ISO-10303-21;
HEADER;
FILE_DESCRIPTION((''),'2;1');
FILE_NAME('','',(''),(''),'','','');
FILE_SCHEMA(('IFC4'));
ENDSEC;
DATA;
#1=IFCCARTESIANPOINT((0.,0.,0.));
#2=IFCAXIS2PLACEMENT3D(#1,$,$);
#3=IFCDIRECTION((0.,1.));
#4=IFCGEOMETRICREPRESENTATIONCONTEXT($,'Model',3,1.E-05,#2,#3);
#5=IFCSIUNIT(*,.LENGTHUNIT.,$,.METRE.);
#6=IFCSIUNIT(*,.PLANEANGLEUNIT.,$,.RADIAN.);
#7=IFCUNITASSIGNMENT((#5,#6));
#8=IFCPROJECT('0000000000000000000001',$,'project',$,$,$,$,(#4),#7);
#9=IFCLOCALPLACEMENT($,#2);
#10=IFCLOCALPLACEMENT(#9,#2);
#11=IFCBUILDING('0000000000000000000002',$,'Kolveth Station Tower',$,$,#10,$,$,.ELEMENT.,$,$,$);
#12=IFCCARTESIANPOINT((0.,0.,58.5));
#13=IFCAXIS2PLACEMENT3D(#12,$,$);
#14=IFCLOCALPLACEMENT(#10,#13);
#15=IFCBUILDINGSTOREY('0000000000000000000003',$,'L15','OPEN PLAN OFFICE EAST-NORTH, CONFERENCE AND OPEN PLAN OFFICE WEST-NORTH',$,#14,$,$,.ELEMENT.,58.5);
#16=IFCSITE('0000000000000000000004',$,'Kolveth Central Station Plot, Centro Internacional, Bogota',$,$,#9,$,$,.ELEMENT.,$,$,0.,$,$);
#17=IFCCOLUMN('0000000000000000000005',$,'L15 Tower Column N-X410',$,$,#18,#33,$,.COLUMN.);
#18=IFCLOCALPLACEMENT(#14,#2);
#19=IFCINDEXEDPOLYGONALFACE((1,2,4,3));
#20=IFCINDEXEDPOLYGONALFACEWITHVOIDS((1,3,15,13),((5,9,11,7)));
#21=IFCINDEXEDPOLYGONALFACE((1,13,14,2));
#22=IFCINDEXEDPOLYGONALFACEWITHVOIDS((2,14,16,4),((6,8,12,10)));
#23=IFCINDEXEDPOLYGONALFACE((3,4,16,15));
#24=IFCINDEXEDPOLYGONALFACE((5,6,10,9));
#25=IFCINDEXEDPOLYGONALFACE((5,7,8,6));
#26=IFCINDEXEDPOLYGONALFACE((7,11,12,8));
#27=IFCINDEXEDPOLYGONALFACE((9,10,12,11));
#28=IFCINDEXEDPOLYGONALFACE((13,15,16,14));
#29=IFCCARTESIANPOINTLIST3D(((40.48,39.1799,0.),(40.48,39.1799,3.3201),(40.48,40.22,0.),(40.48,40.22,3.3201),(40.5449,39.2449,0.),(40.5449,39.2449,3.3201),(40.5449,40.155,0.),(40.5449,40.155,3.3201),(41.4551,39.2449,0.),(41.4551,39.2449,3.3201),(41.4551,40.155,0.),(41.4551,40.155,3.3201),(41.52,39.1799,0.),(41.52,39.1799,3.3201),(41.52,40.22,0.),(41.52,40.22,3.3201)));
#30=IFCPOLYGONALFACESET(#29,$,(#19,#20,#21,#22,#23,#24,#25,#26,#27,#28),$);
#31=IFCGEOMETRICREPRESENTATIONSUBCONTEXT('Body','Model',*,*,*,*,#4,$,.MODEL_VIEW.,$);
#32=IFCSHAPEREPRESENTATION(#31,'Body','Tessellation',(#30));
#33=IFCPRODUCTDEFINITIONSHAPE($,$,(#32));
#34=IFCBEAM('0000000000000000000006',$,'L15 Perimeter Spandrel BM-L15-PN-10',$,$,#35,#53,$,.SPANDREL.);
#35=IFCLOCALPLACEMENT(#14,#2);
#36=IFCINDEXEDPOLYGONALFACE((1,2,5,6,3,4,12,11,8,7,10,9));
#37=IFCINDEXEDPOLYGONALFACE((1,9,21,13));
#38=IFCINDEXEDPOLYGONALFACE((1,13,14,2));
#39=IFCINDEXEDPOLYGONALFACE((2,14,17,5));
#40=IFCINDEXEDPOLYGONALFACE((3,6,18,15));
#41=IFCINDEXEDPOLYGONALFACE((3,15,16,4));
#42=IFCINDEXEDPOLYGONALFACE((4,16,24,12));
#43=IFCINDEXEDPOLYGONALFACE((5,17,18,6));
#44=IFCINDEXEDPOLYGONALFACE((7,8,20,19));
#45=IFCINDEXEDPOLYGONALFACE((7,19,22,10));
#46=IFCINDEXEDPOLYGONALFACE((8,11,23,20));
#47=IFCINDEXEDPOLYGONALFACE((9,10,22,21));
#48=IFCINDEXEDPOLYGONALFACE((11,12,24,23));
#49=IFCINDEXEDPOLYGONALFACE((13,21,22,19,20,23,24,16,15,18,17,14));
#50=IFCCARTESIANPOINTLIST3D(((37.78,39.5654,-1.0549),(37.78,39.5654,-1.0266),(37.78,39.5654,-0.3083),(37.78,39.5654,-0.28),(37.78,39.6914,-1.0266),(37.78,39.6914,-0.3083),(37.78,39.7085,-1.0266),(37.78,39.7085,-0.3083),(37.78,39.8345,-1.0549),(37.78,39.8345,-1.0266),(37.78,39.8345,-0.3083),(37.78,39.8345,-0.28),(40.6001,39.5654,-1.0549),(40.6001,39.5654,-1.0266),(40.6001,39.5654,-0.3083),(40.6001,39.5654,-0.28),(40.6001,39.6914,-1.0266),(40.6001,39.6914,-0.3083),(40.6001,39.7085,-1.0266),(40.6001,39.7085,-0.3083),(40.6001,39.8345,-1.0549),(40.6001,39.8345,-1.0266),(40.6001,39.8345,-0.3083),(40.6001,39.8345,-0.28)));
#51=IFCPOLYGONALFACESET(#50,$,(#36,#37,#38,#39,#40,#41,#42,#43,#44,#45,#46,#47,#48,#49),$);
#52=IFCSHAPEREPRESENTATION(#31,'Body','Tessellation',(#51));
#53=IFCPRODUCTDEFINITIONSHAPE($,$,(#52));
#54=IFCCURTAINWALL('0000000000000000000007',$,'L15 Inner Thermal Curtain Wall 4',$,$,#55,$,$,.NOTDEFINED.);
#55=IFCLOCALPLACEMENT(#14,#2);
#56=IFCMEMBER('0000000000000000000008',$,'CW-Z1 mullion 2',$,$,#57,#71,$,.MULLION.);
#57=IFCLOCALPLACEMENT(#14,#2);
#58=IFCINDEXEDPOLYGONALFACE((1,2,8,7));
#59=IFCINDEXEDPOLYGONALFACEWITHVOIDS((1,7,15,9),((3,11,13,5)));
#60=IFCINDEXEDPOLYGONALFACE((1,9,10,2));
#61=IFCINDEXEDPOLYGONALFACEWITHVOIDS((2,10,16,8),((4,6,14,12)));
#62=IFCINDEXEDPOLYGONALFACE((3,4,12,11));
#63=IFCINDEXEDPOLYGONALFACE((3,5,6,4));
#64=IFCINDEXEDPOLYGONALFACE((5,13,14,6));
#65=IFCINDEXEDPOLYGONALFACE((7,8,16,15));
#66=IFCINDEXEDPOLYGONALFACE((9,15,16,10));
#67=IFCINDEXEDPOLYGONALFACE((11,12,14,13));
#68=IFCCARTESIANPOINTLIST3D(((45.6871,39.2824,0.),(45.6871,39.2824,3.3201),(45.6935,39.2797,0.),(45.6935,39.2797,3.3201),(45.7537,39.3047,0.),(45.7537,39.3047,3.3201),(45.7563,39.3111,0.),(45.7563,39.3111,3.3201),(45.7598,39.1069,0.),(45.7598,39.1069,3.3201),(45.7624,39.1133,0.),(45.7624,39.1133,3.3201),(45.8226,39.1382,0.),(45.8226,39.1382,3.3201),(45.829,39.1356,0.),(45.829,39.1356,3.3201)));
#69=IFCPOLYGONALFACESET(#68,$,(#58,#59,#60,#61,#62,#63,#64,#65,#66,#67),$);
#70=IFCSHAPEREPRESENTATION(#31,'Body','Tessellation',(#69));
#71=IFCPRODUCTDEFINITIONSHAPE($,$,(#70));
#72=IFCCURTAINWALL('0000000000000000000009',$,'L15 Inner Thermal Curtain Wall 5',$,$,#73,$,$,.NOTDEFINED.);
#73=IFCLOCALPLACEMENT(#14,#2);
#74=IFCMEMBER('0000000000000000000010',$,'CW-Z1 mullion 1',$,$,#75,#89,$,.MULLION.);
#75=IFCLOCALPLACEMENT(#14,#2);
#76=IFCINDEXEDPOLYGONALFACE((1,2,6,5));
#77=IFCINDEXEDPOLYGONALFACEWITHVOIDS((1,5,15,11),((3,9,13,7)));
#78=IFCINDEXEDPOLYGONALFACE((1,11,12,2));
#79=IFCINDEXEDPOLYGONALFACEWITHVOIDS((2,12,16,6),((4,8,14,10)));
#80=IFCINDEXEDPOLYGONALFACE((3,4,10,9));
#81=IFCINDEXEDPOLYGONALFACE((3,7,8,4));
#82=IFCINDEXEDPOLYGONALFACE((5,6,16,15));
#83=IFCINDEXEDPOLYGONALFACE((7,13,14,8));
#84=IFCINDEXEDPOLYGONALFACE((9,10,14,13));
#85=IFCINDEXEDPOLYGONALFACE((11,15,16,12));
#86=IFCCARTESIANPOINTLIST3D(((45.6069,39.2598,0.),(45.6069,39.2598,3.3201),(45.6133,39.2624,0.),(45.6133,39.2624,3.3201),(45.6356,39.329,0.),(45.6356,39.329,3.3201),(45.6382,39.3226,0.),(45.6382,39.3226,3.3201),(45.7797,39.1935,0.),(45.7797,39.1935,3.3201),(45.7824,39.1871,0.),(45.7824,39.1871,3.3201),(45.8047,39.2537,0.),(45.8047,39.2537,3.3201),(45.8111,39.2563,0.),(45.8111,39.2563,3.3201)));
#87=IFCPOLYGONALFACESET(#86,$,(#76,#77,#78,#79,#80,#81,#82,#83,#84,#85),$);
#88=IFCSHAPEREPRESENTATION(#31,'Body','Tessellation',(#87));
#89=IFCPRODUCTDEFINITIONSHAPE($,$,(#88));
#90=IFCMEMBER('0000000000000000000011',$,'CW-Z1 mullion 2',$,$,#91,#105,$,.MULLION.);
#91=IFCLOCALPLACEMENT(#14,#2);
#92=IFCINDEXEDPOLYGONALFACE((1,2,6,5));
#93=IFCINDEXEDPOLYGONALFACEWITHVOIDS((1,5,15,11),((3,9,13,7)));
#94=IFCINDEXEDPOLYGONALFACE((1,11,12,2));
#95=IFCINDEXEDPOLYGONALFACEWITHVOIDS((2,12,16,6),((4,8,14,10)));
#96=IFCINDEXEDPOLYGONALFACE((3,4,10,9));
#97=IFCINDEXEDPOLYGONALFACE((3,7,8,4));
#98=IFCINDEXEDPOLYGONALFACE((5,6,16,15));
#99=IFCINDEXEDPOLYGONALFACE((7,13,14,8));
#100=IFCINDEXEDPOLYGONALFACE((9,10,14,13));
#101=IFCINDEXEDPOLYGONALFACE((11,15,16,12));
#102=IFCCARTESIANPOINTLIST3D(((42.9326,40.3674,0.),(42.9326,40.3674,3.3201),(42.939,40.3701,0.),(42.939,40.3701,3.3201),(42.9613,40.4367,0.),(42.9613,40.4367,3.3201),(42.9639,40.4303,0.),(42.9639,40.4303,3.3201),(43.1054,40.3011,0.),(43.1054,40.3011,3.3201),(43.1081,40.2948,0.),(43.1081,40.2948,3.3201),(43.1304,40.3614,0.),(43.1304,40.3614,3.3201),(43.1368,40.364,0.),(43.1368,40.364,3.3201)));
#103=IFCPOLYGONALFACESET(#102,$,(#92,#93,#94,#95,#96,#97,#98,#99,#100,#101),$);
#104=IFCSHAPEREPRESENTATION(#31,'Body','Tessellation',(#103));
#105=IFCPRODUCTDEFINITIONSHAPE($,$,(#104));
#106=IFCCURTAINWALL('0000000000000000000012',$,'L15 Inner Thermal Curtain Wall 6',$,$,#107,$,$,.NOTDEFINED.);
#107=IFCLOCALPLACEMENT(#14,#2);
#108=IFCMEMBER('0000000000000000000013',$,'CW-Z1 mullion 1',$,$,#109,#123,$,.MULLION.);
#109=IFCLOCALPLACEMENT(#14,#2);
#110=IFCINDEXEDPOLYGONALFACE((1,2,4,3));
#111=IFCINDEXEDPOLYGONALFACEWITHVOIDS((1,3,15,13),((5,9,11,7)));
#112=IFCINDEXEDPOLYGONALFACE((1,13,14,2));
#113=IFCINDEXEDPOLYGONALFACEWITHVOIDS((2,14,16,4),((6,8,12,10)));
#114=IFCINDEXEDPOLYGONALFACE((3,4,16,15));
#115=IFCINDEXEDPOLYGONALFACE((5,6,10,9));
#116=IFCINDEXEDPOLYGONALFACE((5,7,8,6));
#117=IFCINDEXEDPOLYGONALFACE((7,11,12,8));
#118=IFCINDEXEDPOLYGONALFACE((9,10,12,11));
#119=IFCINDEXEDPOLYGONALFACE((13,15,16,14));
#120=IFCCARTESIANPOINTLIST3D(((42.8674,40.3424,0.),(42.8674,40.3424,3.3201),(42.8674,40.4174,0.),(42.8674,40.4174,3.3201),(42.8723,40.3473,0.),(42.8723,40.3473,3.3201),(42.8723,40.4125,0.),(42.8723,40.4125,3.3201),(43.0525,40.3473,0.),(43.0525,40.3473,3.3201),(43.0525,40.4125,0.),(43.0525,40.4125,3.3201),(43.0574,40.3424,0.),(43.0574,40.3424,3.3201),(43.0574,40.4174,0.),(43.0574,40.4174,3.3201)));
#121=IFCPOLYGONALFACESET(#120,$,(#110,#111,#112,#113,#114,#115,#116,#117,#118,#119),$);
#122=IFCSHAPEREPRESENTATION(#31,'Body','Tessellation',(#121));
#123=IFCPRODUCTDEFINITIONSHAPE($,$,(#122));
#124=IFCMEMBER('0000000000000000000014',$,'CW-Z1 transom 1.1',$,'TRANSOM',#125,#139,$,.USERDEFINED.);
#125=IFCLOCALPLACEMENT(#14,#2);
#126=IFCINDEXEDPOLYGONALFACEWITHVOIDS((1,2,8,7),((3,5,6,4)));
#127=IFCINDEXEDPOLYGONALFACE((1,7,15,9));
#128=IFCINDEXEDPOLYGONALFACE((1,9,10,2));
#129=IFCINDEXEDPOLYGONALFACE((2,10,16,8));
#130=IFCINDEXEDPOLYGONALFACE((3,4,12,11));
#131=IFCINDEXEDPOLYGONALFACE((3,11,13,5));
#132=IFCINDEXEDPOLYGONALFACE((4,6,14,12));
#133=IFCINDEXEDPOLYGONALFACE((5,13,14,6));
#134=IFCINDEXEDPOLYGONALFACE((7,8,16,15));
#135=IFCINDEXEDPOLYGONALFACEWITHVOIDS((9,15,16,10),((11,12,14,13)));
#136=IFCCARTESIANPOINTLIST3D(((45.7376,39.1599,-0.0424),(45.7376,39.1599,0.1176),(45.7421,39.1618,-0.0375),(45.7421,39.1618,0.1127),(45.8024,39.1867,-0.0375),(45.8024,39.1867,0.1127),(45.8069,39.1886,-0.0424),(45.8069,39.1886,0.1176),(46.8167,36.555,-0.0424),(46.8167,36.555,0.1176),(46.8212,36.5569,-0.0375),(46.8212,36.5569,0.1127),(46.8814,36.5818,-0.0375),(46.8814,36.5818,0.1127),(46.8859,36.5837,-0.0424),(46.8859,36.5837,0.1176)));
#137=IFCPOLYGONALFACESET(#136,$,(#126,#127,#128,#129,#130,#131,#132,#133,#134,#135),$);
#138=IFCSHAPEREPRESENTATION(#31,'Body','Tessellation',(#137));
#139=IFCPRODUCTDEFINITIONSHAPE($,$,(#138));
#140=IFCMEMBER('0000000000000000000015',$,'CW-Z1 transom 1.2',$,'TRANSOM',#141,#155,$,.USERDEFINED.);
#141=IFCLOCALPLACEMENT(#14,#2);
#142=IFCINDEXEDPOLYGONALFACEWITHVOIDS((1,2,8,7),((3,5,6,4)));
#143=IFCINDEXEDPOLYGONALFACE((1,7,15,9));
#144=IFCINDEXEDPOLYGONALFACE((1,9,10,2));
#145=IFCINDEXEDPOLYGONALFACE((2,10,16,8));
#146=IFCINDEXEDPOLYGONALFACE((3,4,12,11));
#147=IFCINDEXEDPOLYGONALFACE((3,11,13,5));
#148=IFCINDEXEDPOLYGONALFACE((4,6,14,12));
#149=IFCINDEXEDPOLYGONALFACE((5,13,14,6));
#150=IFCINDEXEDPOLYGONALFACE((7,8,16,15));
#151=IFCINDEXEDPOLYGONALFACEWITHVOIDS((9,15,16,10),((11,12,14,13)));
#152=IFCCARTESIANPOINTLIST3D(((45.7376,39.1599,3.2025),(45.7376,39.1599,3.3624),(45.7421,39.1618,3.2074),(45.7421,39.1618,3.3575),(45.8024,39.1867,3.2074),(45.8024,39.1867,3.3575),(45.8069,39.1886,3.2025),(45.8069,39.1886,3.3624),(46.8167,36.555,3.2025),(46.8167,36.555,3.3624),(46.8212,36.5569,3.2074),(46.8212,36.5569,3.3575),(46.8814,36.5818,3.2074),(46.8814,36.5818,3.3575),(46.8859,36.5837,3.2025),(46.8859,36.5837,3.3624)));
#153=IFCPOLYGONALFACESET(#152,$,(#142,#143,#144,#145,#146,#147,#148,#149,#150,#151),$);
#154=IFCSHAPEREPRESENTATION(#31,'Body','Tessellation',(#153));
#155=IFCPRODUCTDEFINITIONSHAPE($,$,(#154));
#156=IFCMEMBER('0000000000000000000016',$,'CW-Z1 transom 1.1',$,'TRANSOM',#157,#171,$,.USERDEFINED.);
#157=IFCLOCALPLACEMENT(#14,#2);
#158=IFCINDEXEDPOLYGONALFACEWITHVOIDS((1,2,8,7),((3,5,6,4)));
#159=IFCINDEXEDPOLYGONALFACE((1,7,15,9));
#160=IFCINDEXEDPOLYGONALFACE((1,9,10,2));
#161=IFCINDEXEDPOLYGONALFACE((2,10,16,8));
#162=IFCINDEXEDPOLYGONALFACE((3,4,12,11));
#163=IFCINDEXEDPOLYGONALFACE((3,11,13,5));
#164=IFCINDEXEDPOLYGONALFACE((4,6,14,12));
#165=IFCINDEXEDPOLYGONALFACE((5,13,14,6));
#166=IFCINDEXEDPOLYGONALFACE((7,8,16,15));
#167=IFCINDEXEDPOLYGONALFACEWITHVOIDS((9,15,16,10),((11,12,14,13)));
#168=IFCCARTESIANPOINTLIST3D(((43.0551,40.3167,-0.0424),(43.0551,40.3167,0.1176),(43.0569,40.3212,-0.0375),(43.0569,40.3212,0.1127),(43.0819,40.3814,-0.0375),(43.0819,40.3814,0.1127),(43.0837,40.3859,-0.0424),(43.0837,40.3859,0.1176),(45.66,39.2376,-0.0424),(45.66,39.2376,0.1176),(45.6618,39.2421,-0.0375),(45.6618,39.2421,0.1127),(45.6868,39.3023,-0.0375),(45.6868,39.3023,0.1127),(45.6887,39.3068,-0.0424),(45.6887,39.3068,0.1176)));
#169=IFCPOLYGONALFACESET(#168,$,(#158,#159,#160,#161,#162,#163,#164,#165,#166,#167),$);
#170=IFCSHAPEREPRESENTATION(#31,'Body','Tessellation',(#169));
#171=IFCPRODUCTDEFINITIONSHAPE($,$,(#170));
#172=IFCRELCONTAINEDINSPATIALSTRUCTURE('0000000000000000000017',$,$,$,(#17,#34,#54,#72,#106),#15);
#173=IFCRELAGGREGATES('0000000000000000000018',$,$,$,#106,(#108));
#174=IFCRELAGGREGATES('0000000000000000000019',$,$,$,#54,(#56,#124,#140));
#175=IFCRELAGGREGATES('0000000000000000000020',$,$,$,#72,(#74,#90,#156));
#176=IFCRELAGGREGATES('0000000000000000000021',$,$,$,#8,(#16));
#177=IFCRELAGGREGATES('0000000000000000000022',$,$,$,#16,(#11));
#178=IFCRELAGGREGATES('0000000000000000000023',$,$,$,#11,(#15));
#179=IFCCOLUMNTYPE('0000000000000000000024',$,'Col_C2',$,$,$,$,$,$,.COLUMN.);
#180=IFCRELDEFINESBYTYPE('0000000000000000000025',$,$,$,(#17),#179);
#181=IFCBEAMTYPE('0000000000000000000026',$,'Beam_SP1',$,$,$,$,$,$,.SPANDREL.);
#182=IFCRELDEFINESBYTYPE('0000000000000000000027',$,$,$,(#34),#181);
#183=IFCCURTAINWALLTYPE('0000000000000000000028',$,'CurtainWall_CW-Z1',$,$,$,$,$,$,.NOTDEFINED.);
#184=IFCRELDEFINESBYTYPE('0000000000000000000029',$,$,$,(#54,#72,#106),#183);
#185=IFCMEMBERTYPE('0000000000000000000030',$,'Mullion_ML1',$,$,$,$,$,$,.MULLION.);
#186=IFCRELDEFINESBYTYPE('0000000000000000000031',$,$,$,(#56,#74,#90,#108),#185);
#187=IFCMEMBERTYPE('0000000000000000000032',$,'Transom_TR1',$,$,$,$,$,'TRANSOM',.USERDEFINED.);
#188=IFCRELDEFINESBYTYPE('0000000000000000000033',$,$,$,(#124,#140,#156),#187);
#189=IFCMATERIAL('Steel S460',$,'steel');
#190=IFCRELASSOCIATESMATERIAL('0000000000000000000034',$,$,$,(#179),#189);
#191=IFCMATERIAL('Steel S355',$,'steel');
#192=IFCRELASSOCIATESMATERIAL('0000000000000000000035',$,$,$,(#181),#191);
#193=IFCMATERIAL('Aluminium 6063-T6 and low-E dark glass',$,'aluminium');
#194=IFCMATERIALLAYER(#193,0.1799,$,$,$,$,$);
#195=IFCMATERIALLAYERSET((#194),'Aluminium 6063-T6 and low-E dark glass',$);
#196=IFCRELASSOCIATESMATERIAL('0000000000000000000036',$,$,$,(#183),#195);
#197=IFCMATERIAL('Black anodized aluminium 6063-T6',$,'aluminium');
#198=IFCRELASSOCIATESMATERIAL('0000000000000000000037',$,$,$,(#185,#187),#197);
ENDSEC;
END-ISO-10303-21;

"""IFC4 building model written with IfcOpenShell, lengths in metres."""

from ifc_helpers import new_model, si_unit, direction, frame, origin, origin_2d, place, context, subcontext, project, spatial, hollow_rectangle, i_section, extrude, source, transform, mapped, material, layer, layer_set, material_profile, profile_set, type_object, element, aggregate, save


model = new_model("IFC4")

# Units and contexts
model_context = context("Model", 3, precision=1e-05, world=origin(), true_north=direction((0.0, 1.0)))
body_context = subcontext(model_context, "Body", "Model", "MODEL_VIEW")
ifc_project = project(units=[si_unit("LENGTHUNIT", "METRE"), si_unit("PLANEANGLEUNIT", "RADIAN")], contexts=[model_context])

# Site, building, storey
site_placement = place(None, origin())
site = spatial("IfcSite", under=ifc_project, at=site_placement, Name="Kolveth Central Station Plot, Centro Internacional, Bogota", CompositionType="ELEMENT", RefElevation=0.0)
building_placement = place(site_placement, origin())
building = spatial("IfcBuilding", under=site, at=building_placement, Name="Kolveth Station Tower", CompositionType="ELEMENT")
storey_placement = place(building_placement, frame((0.0, 0.0, 58.5)))
storey = spatial("IfcBuildingStorey", under=building, at=storey_placement, Name="L15", Description="OPEN PLAN OFFICE EAST-NORTH, CONFERENCE AND OPEN PLAN OFFICE WEST-NORTH", CompositionType="ELEMENT", Elevation=58.5)

# Column
ifc_material_1 = material(Name="Steel S460", Category="steel")
ifc_material_profile_1 = material_profile(ifc_material_1, hollow_rectangle(XDim=1.04, YDim=1.04, WallThickness=0.0649, at=origin_2d()), Name="BOX1040x1040x65")
ifc_profile_set_1 = profile_set([ifc_material_profile_1], Name="Steel S460")
column_type = type_object("IfcColumnType", Name="Col_C2", PredefinedType="COLUMN", material=ifc_profile_set_1)
shared_shape_1 = source(origin(), body_context, "Body", "SweptSolid", [
    extrude(hollow_rectangle(XDim=1.04, YDim=1.04, WallThickness=0.0649, at=origin_2d()), origin(), (0.0, 0.0, 1.0), 3.3201),
])
column_placement = place(storey_placement, frame((41.0, 39.7, 0.0), z_axis=(0.0, 0.0, 1.0), x_axis=(1.0, 0.0, 0.0)))
element("IfcColumn", 1, at=column_placement, inside=storey, type_object=column_type, Name="L15 Tower Column N-X410", PredefinedType="COLUMN", context=body_context, shape_type="MappedRepresentation", body=[
    mapped(shared_shape_1, transform((0.0, 0.0, 0.0), x_axis=(1.0, 0.0, 0.0), y_axis=(0.0, 1.0, 0.0), z_axis=(0.0, 0.0, 1.0), scale=1.0)),
])

# Beam
ifc_material_2 = material(Name="Steel S355", Category="steel")
ifc_material_profile_2 = material_profile(ifc_material_2, i_section(OverallWidth=0.269, OverallDepth=0.7749, WebThickness=0.0171, FlangeThickness=0.0283, at=origin_2d()), Name="W760x220")
ifc_profile_set_2 = profile_set([ifc_material_profile_2], Name="Steel S355")
beam_type = type_object("IfcBeamType", Name="Beam_SP1", PredefinedType="SPANDREL", material=ifc_profile_set_2)
shared_shape_2 = source(origin(), body_context, "Body", "SweptSolid", [
    extrude(i_section(OverallWidth=0.269, OverallDepth=0.7749, WebThickness=0.0171, FlangeThickness=0.0283, at=origin_2d()), origin(), (0.0, 0.0, 1.0), 2.8201),
])
beam_placement = place(storey_placement, frame((37.78, 39.7, -0.6675), z_axis=(1.0, 0.0, 0.0), x_axis=(0.0, 1.0, 0.0)))
element("IfcBeam", 2, at=beam_placement, inside=storey, type_object=beam_type, Name="L15 Perimeter Spandrel BM-L15-PN-10", PredefinedType="SPANDREL", context=body_context, shape_type="MappedRepresentation", body=[
    mapped(shared_shape_2, transform((0.0, 0.0, 0.0), x_axis=(1.0, 0.0, 0.0), y_axis=(0.0, 1.0, 0.0), z_axis=(0.0, 0.0, 1.0), scale=1.0)),
])

# Curtain wall, member
ifc_material_3 = material(Name="Aluminium 6063-T6 and low-E dark glass", Category="aluminium")
ifc_layer_1 = layer(ifc_material_3, 0.1799)
ifc_layer_set_1 = layer_set([ifc_layer_1], Name="Aluminium 6063-T6 and low-E dark glass")
curtain_wall_type_1 = type_object("IfcCurtainWallType", Name="CurtainWall_CW-Z1", PredefinedType="NOTDEFINED", material=ifc_layer_set_1)
curtain_wall_1_placement = place(storey_placement, origin())
curtain_wall_1 = element("IfcCurtainWall", 3, at=curtain_wall_1_placement, inside=storey, type_object=curtain_wall_type_1, Name="L15 Inner Thermal Curtain Wall 4", PredefinedType="NOTDEFINED")
ifc_material_4 = material(Name="Black anodized aluminium 6063-T6", Category="aluminium")
ifc_material_profile_3 = material_profile(ifc_material_4, hollow_rectangle(XDim=0.075, YDim=0.1899, WallThickness=0.0049, at=origin_2d()), Name="ALU-75x190x5")
ifc_profile_set_3 = profile_set([ifc_material_profile_3], Name="Black anodized aluminium 6063-T6")
member_type_1 = type_object("IfcMemberType", Name="Mullion_ML1", PredefinedType="MULLION", material=ifc_profile_set_3)
shared_shape_3 = source(origin(), body_context, "Body", "SweptSolid", [
    extrude(hollow_rectangle(XDim=0.075, YDim=0.1899, WallThickness=0.0049, at=origin_2d()), origin(), (0.0, 0.0, 1.0), 3.3201),
])
member_1_placement = place(storey_placement, frame((45.7581, 39.209, 0.0), z_axis=(0.0, 0.0, 1.0), x_axis=(-0.923884, -0.382673, 0.0)))
member_1 = element("IfcMember", 4, at=member_1_placement, type_object=member_type_1, Name="CW-Z1 mullion 2", PredefinedType="MULLION", context=body_context, shape_type="MappedRepresentation", body=[
    mapped(shared_shape_3, transform((0.0, 0.0, 0.0), x_axis=(1.0, 0.0, 0.0), y_axis=(0.0, 1.0, 0.0), z_axis=(0.0, 0.0, 1.0), scale=1.0)),
])

# Curtain wall, members
curtain_wall_2_placement = place(storey_placement, origin())
curtain_wall_2 = element("IfcCurtainWall", 5, at=curtain_wall_2_placement, inside=storey, type_object=curtain_wall_type_1, Name="L15 Inner Thermal Curtain Wall 5", PredefinedType="NOTDEFINED")
member_2_placement = place(storey_placement, frame((45.709, 39.2581, 0.0), z_axis=(0.0, 0.0, 1.0), x_axis=(-0.382673, -0.923884, 0.0)))
member_2 = element("IfcMember", 6, at=member_2_placement, type_object=member_type_1, Name="CW-Z1 mullion 1", PredefinedType="MULLION", context=body_context, shape_type="MappedRepresentation", body=[
    mapped(shared_shape_3, transform((0.0, 0.0, 0.0), x_axis=(1.0, 0.0, 0.0), y_axis=(0.0, 1.0, 0.0), z_axis=(0.0, 0.0, 1.0), scale=1.0)),
])
member_3_placement = place(storey_placement, frame((43.0347, 40.3657, 0.0), z_axis=(0.0, 0.0, 1.0), x_axis=(-0.382673, -0.923884, 0.0)))
member_3 = element("IfcMember", 7, at=member_3_placement, type_object=member_type_1, Name="CW-Z1 mullion 2", PredefinedType="MULLION", context=body_context, shape_type="MappedRepresentation", body=[
    mapped(shared_shape_3, transform((0.0, 0.0, 0.0), x_axis=(1.0, 0.0, 0.0), y_axis=(0.0, 1.0, 0.0), z_axis=(0.0, 0.0, 1.0), scale=1.0)),
])

# Curtain wall, member
curtain_wall_3_placement = place(storey_placement, origin())
curtain_wall_3 = element("IfcCurtainWall", 8, at=curtain_wall_3_placement, inside=storey, type_object=curtain_wall_type_1, Name="L15 Inner Thermal Curtain Wall 6", PredefinedType="NOTDEFINED")
member_4_placement = place(storey_placement, frame((42.9624, 40.3799, 0.0), z_axis=(0.0, 0.0, 1.0), x_axis=(0.0, -1.0, 0.0)))
member_4 = element("IfcMember", 9, at=member_4_placement, type_object=member_type_1, Name="CW-Z1 mullion 1", PredefinedType="MULLION", context=body_context, shape_type="MappedRepresentation", body=[
    mapped(shared_shape_3, transform((0.0, 0.0, 0.0), x_axis=(1.0, 0.0, 0.0), y_axis=(0.0, 1.0, 0.0), z_axis=(0.0, 0.0, 1.0), scale=1.0)),
])

# Members
ifc_material_profile_4 = material_profile(ifc_material_4, hollow_rectangle(XDim=0.075, YDim=0.1599, WallThickness=0.0049, at=origin_2d()), Name="ALU-75x160x5")
ifc_profile_set_4 = profile_set([ifc_material_profile_4], Name="Black anodized aluminium 6063-T6")
member_type_2 = type_object("IfcMemberType", Name="Transom_TR1", ElementType="TRANSOM", PredefinedType="USERDEFINED", material=ifc_profile_set_4)
shared_shape_4 = source(origin(), body_context, "Body", "SweptSolid", [
    extrude(hollow_rectangle(XDim=0.075, YDim=0.1599, WallThickness=0.0049, at=origin_2d()), origin(), (0.0, 0.0, 1.0), 2.8196),
])
member_5_placement = place(storey_placement, frame((46.8513, 36.5693, 0.0376), z_axis=(-0.382709, 0.923869, 0.0), x_axis=(-0.923869, -0.382709, 0.0)))
member_5 = element("IfcMember", 10, at=member_5_placement, type_object=member_type_2, Name="CW-Z1 transom 1.1", ObjectType="TRANSOM", PredefinedType="USERDEFINED", context=body_context, shape_type="MappedRepresentation", body=[
    mapped(shared_shape_4, transform((0.0, 0.0, 0.0), x_axis=(1.0, 0.0, 0.0), y_axis=(0.0, 1.0, 0.0), z_axis=(0.0, 0.0, 1.0), scale=1.0)),
])
member_6_placement = place(storey_placement, frame((46.8513, 36.5693, 3.2825), z_axis=(-0.382709, 0.923869, 0.0), x_axis=(-0.923869, -0.382709, 0.0)))
member_6 = element("IfcMember", 11, at=member_6_placement, type_object=member_type_2, Name="CW-Z1 transom 1.2", ObjectType="TRANSOM", PredefinedType="USERDEFINED", context=body_context, shape_type="MappedRepresentation", body=[
    mapped(shared_shape_4, transform((0.0, 0.0, 0.0), x_axis=(1.0, 0.0, 0.0), y_axis=(0.0, 1.0, 0.0), z_axis=(0.0, 0.0, 1.0), scale=1.0)),
])
member_7_placement = place(storey_placement, frame((45.6743, 39.2722, 0.0376), z_axis=(-0.923869, 0.382709, 0.0), x_axis=(-0.382709, -0.923869, 0.0)))
member_7 = element("IfcMember", 12, at=member_7_placement, type_object=member_type_2, Name="CW-Z1 transom 1.1", ObjectType="TRANSOM", PredefinedType="USERDEFINED", context=body_context, shape_type="MappedRepresentation", body=[
    mapped(shared_shape_4, transform((0.0, 0.0, 0.0), x_axis=(1.0, 0.0, 0.0), y_axis=(0.0, 1.0, 0.0), z_axis=(0.0, 0.0, 1.0), scale=1.0)),
])
aggregate(curtain_wall_3, [member_4])

aggregate(curtain_wall_1, [member_1, member_5, member_6])
aggregate(curtain_wall_2, [member_2, member_3, member_7])

save(model, "model.ifc")
